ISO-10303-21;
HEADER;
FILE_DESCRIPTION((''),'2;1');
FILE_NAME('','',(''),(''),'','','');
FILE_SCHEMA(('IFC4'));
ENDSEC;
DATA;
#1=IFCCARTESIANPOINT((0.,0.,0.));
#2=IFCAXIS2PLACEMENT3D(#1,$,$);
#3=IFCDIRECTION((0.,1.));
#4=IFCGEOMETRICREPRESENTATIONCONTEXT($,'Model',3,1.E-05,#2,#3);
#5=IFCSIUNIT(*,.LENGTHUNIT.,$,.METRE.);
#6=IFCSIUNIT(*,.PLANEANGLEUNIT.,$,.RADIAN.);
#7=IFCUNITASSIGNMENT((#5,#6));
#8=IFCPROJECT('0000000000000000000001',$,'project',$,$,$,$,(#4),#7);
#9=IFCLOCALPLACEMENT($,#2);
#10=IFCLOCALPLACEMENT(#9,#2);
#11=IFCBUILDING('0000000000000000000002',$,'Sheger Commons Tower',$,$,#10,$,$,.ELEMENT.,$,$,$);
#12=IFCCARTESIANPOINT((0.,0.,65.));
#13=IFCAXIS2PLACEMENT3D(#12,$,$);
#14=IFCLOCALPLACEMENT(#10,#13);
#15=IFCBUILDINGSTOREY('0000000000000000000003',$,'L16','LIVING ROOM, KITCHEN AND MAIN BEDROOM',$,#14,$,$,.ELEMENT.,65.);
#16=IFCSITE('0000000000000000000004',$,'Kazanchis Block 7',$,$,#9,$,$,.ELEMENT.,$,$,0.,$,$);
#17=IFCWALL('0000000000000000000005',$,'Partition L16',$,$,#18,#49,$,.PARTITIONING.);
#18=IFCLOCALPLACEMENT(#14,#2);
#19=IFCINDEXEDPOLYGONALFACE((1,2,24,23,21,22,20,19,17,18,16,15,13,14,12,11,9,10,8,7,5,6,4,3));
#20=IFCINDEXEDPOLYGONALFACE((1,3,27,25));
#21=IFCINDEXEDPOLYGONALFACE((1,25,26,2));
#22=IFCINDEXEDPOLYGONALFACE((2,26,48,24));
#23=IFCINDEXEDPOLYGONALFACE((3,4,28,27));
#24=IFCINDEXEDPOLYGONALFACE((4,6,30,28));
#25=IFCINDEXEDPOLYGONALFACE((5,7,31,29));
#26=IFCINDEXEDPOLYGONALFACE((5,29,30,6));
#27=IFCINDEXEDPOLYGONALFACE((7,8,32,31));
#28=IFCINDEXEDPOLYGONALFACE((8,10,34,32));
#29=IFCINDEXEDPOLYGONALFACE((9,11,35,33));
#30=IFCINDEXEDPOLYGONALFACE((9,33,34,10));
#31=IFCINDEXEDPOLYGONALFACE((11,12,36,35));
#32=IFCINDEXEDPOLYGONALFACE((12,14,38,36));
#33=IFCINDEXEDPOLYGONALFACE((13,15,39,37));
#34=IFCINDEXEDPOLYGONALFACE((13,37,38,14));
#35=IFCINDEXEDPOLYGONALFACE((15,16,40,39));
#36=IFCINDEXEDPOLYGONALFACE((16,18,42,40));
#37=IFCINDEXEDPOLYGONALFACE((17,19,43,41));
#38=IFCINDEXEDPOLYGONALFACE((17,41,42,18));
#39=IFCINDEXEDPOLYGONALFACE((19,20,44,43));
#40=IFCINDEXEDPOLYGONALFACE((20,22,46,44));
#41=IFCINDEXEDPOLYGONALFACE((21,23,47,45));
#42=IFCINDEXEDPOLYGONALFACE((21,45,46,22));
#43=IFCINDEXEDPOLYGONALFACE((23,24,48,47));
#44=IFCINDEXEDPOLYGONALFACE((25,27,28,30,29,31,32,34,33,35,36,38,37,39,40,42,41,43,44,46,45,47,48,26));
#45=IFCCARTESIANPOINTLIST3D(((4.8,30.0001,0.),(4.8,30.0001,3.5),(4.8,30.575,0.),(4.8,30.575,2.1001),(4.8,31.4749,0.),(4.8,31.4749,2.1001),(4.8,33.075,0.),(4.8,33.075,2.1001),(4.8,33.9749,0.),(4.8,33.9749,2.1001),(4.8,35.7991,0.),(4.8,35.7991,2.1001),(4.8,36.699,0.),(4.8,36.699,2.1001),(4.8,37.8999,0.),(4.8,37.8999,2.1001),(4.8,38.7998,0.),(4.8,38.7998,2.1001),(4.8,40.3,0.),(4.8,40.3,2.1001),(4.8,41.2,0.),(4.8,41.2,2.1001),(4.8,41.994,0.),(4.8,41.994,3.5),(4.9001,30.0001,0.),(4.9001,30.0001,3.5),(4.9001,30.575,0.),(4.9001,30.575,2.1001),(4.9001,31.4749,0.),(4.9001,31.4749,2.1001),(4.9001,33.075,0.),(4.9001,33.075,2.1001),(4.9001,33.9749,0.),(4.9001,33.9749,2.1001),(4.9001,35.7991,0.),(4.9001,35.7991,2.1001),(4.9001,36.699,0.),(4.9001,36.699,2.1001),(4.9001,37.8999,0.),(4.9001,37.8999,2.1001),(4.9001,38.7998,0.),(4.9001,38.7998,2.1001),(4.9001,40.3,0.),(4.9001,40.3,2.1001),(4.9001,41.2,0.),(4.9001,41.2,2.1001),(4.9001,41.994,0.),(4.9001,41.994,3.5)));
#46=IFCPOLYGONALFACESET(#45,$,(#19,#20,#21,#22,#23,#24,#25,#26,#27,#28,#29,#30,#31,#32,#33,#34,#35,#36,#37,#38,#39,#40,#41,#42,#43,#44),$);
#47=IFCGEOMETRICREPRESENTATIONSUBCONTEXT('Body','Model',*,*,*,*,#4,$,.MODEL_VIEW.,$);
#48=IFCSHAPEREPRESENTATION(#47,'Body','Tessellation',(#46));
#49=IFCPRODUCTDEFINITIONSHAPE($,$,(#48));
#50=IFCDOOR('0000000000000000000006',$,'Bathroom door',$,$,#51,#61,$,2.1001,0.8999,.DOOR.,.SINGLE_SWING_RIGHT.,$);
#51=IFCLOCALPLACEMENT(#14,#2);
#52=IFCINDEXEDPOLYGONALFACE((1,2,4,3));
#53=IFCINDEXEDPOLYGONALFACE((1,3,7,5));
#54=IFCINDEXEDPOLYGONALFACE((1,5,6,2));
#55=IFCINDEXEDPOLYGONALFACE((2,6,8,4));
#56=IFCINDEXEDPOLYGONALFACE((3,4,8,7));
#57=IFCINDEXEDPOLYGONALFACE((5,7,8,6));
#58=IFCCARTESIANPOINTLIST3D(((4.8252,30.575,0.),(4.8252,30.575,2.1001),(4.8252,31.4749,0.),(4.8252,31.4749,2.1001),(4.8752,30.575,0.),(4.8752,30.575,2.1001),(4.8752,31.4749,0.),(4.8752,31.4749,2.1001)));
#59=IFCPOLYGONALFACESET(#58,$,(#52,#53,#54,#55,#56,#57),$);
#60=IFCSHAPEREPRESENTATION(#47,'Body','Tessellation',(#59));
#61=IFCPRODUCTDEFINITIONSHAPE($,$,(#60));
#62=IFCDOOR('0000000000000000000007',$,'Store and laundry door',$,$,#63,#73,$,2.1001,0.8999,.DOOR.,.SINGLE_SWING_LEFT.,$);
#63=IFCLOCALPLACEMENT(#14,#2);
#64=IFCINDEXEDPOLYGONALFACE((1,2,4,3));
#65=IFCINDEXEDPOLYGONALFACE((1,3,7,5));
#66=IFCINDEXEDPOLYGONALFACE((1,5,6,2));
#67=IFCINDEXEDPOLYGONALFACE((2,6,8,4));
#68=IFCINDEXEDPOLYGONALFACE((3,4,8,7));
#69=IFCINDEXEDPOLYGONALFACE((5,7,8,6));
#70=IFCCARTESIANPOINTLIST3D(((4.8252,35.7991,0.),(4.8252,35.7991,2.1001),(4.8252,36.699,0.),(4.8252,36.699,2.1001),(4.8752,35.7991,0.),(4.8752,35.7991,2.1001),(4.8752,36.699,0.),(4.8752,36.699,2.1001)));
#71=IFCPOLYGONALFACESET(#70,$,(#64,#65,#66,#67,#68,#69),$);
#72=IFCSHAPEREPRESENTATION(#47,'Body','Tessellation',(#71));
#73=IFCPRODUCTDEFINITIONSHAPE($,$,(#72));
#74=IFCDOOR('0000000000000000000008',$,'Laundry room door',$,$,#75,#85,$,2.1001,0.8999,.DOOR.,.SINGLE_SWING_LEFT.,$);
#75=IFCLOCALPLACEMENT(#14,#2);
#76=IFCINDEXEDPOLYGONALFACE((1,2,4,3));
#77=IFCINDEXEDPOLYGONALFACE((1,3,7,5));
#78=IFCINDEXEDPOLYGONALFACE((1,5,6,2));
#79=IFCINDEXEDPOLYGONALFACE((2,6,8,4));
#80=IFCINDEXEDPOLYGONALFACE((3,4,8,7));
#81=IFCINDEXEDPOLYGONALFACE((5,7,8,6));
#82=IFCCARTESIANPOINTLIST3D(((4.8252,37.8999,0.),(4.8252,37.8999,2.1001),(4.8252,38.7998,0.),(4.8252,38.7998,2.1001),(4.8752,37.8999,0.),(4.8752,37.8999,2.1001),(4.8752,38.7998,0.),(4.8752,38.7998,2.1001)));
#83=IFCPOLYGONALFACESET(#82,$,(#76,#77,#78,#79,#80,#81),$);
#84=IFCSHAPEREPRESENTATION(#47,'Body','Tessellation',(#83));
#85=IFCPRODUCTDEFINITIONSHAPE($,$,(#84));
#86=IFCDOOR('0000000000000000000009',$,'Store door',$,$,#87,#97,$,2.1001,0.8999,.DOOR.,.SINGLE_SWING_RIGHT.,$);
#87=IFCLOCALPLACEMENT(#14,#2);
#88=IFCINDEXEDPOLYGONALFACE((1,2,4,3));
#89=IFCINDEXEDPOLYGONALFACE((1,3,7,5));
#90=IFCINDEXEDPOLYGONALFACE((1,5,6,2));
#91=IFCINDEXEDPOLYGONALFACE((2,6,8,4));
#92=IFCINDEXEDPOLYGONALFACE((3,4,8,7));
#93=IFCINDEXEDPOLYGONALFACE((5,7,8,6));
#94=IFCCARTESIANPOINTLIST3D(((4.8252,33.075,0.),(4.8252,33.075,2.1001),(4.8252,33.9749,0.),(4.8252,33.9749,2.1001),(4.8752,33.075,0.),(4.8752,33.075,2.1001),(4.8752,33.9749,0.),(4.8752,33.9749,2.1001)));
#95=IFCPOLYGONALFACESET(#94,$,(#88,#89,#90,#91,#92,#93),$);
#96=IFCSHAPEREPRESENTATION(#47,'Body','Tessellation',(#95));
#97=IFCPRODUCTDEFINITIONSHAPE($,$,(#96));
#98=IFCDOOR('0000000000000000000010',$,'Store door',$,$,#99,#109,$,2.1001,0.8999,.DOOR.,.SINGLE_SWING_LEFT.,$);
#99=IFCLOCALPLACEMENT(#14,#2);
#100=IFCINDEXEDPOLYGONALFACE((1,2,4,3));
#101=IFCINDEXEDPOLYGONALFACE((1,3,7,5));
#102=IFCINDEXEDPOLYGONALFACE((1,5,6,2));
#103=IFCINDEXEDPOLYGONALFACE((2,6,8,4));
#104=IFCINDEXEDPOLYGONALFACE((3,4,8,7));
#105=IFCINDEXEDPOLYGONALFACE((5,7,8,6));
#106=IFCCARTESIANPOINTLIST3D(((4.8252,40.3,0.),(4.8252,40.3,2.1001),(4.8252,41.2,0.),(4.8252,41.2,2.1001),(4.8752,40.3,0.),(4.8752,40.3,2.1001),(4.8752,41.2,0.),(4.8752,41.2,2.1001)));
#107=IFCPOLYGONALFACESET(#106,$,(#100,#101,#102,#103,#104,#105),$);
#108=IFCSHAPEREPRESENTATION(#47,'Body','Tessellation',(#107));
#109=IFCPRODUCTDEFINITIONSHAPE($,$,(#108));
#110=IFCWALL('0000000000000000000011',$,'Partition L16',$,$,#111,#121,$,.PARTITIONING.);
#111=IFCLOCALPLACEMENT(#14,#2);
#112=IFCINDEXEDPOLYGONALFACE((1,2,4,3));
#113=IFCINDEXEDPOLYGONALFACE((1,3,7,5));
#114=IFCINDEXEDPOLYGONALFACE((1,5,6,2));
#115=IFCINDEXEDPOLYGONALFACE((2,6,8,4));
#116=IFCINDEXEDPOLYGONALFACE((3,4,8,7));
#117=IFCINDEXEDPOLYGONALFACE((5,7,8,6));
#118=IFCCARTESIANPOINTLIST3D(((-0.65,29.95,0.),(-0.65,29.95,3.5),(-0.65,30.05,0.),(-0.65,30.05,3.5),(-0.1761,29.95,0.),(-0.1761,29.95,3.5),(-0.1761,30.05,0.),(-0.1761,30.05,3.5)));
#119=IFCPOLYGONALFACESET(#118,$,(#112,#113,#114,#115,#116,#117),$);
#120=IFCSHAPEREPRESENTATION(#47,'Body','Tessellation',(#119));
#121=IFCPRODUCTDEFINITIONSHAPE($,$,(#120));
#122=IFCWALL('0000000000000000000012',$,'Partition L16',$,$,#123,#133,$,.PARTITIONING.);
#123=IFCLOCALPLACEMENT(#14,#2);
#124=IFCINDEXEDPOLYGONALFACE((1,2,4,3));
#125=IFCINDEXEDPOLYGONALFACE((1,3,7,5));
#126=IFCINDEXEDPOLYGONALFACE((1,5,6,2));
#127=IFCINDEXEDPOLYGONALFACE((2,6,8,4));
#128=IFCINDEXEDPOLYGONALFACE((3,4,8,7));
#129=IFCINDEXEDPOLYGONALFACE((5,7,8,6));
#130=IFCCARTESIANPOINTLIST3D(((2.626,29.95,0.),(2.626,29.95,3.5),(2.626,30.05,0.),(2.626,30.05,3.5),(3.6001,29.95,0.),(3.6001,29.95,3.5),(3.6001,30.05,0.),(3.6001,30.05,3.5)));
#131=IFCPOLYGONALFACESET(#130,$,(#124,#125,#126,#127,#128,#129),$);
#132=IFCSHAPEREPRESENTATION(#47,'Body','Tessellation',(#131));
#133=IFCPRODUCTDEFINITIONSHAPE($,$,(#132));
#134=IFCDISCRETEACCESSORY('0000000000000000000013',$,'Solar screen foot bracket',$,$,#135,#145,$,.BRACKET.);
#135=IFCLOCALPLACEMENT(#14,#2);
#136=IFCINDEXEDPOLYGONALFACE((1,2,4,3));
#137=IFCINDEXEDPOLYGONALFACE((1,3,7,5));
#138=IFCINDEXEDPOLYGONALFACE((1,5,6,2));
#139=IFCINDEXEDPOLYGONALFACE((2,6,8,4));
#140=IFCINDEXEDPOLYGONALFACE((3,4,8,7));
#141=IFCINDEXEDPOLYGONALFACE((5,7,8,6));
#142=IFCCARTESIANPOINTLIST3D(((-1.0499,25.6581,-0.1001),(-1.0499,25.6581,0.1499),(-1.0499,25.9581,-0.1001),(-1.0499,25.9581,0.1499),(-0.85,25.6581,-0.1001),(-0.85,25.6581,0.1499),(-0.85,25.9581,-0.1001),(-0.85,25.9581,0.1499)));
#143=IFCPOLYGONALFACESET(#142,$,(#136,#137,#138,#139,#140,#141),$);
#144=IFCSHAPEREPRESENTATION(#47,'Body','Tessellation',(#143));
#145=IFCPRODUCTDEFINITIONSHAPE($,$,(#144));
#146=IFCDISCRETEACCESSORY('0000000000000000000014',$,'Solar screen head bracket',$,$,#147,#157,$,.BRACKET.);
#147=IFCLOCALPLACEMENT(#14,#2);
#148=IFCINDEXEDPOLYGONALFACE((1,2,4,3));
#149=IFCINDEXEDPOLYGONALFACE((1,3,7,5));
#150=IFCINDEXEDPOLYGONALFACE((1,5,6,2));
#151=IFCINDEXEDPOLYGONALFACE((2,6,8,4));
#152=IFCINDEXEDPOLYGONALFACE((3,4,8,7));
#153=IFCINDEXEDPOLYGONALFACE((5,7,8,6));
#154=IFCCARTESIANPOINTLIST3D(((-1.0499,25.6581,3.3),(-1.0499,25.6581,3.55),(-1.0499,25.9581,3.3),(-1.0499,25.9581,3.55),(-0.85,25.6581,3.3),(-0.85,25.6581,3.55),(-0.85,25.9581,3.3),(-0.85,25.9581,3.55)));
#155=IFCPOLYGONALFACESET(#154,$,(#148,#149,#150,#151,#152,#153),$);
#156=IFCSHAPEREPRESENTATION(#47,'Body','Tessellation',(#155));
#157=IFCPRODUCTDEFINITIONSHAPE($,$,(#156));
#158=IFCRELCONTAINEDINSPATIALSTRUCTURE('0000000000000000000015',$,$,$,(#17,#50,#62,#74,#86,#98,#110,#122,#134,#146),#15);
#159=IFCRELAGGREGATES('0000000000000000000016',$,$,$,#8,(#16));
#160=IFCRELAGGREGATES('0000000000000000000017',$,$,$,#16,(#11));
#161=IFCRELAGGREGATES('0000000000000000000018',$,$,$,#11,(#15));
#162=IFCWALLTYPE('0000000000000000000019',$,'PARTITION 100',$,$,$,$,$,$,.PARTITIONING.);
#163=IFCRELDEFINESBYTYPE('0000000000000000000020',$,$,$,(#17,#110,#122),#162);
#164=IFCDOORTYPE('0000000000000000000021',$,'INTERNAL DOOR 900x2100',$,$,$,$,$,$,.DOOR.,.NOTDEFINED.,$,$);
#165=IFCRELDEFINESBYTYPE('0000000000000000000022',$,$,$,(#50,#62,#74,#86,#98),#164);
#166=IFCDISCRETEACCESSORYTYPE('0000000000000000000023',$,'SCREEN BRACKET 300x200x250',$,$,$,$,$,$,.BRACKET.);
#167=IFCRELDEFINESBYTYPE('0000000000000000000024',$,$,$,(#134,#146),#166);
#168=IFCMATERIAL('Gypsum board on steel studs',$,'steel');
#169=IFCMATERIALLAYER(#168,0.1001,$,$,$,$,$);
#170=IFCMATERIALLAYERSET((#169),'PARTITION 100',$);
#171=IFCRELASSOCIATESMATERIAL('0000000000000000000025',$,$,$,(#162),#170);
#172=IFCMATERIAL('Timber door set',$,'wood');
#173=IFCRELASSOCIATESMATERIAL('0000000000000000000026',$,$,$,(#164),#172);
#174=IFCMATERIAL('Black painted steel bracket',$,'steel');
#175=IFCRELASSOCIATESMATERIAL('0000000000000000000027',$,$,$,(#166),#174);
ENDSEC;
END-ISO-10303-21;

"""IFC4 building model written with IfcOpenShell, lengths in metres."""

from ifc_helpers import new_model, si_unit, direction, frame, frame_2d, origin, origin_2d, place, context, subcontext, project, spatial, rectangle, extrude, material, layer, layer_set, type_object, element, fill, save


model = new_model("IFC4")

# Units and contexts
model_context = context("Model", 3, precision=1e-05, world=origin(), true_north=direction((0.0, 1.0)))
body_context = subcontext(model_context, "Body", "Model", "MODEL_VIEW")
ifc_project = project(units=[si_unit("LENGTHUNIT", "METRE"), si_unit("PLANEANGLEUNIT", "RADIAN")], contexts=[model_context])

# Site, building, storey
site_placement = place(None, origin())
site = spatial("IfcSite", under=ifc_project, at=site_placement, Name="Kazanchis Block 7", CompositionType="ELEMENT", RefElevation=0.0)
building_placement = place(site_placement, origin())
building = spatial("IfcBuilding", under=site, at=building_placement, Name="Sheger Commons Tower", CompositionType="ELEMENT")
storey_placement = place(building_placement, frame((0.0, 0.0, 65.0)))
storey = spatial("IfcBuildingStorey", under=building, at=storey_placement, Name="L16", Description="LIVING ROOM, KITCHEN AND MAIN BEDROOM", CompositionType="ELEMENT", Elevation=65.0)

# Wall, openings, doors
ifc_material_1 = material(Name="Gypsum board on steel studs", Category="steel")
ifc_layer_1 = layer(ifc_material_1, 0.1001)
ifc_layer_set_1 = layer_set([ifc_layer_1], Name="PARTITION 100")
wall_type_1 = type_object("IfcWallType", Name="PARTITION 100", PredefinedType="PARTITIONING", material=ifc_layer_set_1)
ifc_material_2 = material(Name="Timber door set", Category="wood")
door_type = type_object("IfcDoorType", Name="INTERNAL DOOR 900x2100", OperationType="NOTDEFINED", PredefinedType="DOOR", material=ifc_material_2)
wall_1_placement = place(storey_placement, frame((4.8501, 30.0, 0.0), z_axis=(0.0, 0.0, 1.0), x_axis=(0.0, 1.0, 0.0)))
wall_1 = element("IfcWall", 1, at=wall_1_placement, inside=storey, type_object=wall_type_1, Name="Partition L16", PredefinedType="PARTITIONING", context=body_context, shape_type="SweptSolid", body=[
    extrude(rectangle(XDim=11.9939, YDim=0.1001, at=frame_2d((5.9971, 0.0))), origin(), (0.0, 0.0, 1.0), 3.5),
])
opening_1_placement = place(wall_1_placement, frame((0.575, 0.0, 0.0)))
opening_1 = element("IfcOpeningElement", 2, at=opening_1_placement, cuts=wall_1, PredefinedType="OPENING", context=body_context, shape_type="SweptSolid", body=[
    extrude(rectangle(XDim=0.8999, YDim=2.1001, at=frame_2d((0.45, 1.05))), frame((0.0, 0.0601, 0.0), z_axis=(0.0, -1.0, 0.0), x_axis=(1.0, 0.0, 0.0)), (0.0, 0.0, 1.0), 0.1201),
])
opening_2_placement = place(wall_1_placement, frame((5.7991, 0.0, 0.0)))
opening_2 = element("IfcOpeningElement", 3, at=opening_2_placement, cuts=wall_1, PredefinedType="OPENING", context=body_context, shape_type="SweptSolid", body=[
    extrude(rectangle(XDim=0.8999, YDim=2.1001, at=frame_2d((0.45, 1.05))), frame((0.0, 0.0601, 0.0), z_axis=(0.0, -1.0, 0.0), x_axis=(1.0, 0.0, 0.0)), (0.0, 0.0, 1.0), 0.1201),
])
opening_3_placement = place(wall_1_placement, frame((7.8999, 0.0, 0.0)))
opening_3 = element("IfcOpeningElement", 4, at=opening_3_placement, cuts=wall_1, PredefinedType="OPENING", context=body_context, shape_type="SweptSolid", body=[
    extrude(rectangle(XDim=0.8999, YDim=2.1001, at=frame_2d((0.45, 1.05))), frame((0.0, 0.0601, 0.0), z_axis=(0.0, -1.0, 0.0), x_axis=(1.0, 0.0, 0.0)), (0.0, 0.0, 1.0), 0.1201),
])
opening_4_placement = place(wall_1_placement, frame((3.075, 0.0, 0.0)))
opening_4 = element("IfcOpeningElement", 5, at=opening_4_placement, cuts=wall_1, PredefinedType="OPENING", context=body_context, shape_type="SweptSolid", body=[
    extrude(rectangle(XDim=0.8999, YDim=2.1001, at=frame_2d((0.45, 1.05))), frame((0.0, 0.0601, 0.0), z_axis=(0.0, -1.0, 0.0), x_axis=(1.0, 0.0, 0.0)), (0.0, 0.0, 1.0), 0.1201),
])
opening_5_placement = place(wall_1_placement, frame((10.3, 0.0, 0.0)))
opening_5 = element("IfcOpeningElement", 6, at=opening_5_placement, cuts=wall_1, PredefinedType="OPENING", context=body_context, shape_type="SweptSolid", body=[
    extrude(rectangle(XDim=0.8999, YDim=2.1001, at=frame_2d((0.45, 1.05))), frame((0.0, 0.0601, 0.0), z_axis=(0.0, -1.0, 0.0), x_axis=(1.0, 0.0, 0.0)), (0.0, 0.0, 1.0), 0.1201),
])
door_1_placement = place(opening_1_placement, origin())
door_1 = element("IfcDoor", 7, at=door_1_placement, inside=storey, type_object=door_type, Name="Bathroom door", OperationType="SINGLE_SWING_RIGHT", OverallHeight=2.1001, OverallWidth=0.8999, PredefinedType="DOOR", context=body_context, shape_type="SweptSolid", body=[
    extrude(rectangle(XDim=0.8999, YDim=2.1001, at=frame_2d((0.45, 1.05))), frame((0.0, 0.0249, 0.0), z_axis=(0.0, -1.0, 0.0), x_axis=(1.0, 0.0, 0.0)), (0.0, 0.0, 1.0), 0.05),
])
fill(opening_1, door_1)
door_2_placement = place(opening_2_placement, origin())
door_2 = element("IfcDoor", 8, at=door_2_placement, inside=storey, type_object=door_type, Name="Store and laundry door", OperationType="SINGLE_SWING_LEFT", OverallHeight=2.1001, OverallWidth=0.8999, PredefinedType="DOOR", context=body_context, shape_type="SweptSolid", body=[
    extrude(rectangle(XDim=0.8999, YDim=2.1001, at=frame_2d((0.45, 1.05))), frame((0.0, 0.0249, 0.0), z_axis=(0.0, -1.0, 0.0), x_axis=(1.0, 0.0, 0.0)), (0.0, 0.0, 1.0), 0.05),
])
fill(opening_2, door_2)
door_3_placement = place(opening_3_placement, origin())
door_3 = element("IfcDoor", 9, at=door_3_placement, inside=storey, type_object=door_type, Name="Laundry room door", OperationType="SINGLE_SWING_LEFT", OverallHeight=2.1001, OverallWidth=0.8999, PredefinedType="DOOR", context=body_context, shape_type="SweptSolid", body=[
    extrude(rectangle(XDim=0.8999, YDim=2.1001, at=frame_2d((0.45, 1.05))), frame((0.0, 0.0249, 0.0), z_axis=(0.0, -1.0, 0.0), x_axis=(1.0, 0.0, 0.0)), (0.0, 0.0, 1.0), 0.05),
])
fill(opening_3, door_3)
door_4_placement = place(opening_4_placement, origin())
door_4 = element("IfcDoor", 10, at=door_4_placement, inside=storey, type_object=door_type, Name="Store door", OperationType="SINGLE_SWING_RIGHT", OverallHeight=2.1001, OverallWidth=0.8999, PredefinedType="DOOR", context=body_context, shape_type="SweptSolid", body=[
    extrude(rectangle(XDim=0.8999, YDim=2.1001, at=frame_2d((0.45, 1.05))), frame((0.0, 0.0249, 0.0), z_axis=(0.0, -1.0, 0.0), x_axis=(1.0, 0.0, 0.0)), (0.0, 0.0, 1.0), 0.05),
])
fill(opening_4, door_4)
door_5_placement = place(opening_5_placement, origin())
door_5 = element("IfcDoor", 11, at=door_5_placement, inside=storey, type_object=door_type, Name="Store door", OperationType="SINGLE_SWING_LEFT", OverallHeight=2.1001, OverallWidth=0.8999, PredefinedType="DOOR", context=body_context, shape_type="SweptSolid", body=[
    extrude(rectangle(XDim=0.8999, YDim=2.1001, at=frame_2d((0.45, 1.05))), frame((0.0, 0.0249, 0.0), z_axis=(0.0, -1.0, 0.0), x_axis=(1.0, 0.0, 0.0)), (0.0, 0.0, 1.0), 0.05),
])
fill(opening_5, door_5)

# Walls
wall_2_placement = place(storey_placement, frame((-0.6499, 30.0, 0.0), z_axis=(0.0, 0.0, 1.0), x_axis=(1.0, 0.0, 0.0)))
element("IfcWall", 12, at=wall_2_placement, inside=storey, type_object=wall_type_1, Name="Partition L16", PredefinedType="PARTITIONING", context=body_context, shape_type="SweptSolid", body=[
    extrude(rectangle(XDim=0.4739, YDim=0.1001, at=frame_2d((0.2368, 0.0))), origin(), (0.0, 0.0, 1.0), 3.5),
])
wall_3_placement = place(storey_placement, frame((2.626, 30.0, 0.0), z_axis=(0.0, 0.0, 1.0), x_axis=(1.0, 0.0, 0.0)))
element("IfcWall", 13, at=wall_3_placement, inside=storey, type_object=wall_type_1, Name="Partition L16", PredefinedType="PARTITIONING", context=body_context, shape_type="SweptSolid", body=[
    extrude(rectangle(XDim=0.9741, YDim=0.1001, at=frame_2d((0.4871, 0.0))), origin(), (0.0, 0.0, 1.0), 3.5),
])

# Discrete accessories
ifc_material_3 = material(Name="Black painted steel bracket", Category="steel")
discrete_accessory_type = type_object("IfcDiscreteAccessoryType", Name="SCREEN BRACKET 300x200x250", PredefinedType="BRACKET", material=ifc_material_3)
for number, where, z_axis, x_axis, name in (
    (14, (-0.95, 25.8081, -0.1001), (0.0, 0.0, 1.0), (0.0, -1.0, 0.0), "Solar screen foot bracket"),
    (15, (-0.95, 25.8081, 3.3), (0.0, 0.0, 1.0), (0.0, -1.0, 0.0), "Solar screen head bracket"),
):
    element("IfcDiscreteAccessory", number, at=place(storey_placement, frame(where, z_axis=z_axis, x_axis=x_axis)), inside=storey, type_object=discrete_accessory_type, Name=name, PredefinedType="BRACKET", context=body_context, shape_type="SweptSolid", body=[
        extrude(rectangle(XDim=0.3, YDim=0.2, at=origin_2d()), origin(), (0.0, 0.0, 1.0), 0.25),
    ])

save(model, "model.ifc")
